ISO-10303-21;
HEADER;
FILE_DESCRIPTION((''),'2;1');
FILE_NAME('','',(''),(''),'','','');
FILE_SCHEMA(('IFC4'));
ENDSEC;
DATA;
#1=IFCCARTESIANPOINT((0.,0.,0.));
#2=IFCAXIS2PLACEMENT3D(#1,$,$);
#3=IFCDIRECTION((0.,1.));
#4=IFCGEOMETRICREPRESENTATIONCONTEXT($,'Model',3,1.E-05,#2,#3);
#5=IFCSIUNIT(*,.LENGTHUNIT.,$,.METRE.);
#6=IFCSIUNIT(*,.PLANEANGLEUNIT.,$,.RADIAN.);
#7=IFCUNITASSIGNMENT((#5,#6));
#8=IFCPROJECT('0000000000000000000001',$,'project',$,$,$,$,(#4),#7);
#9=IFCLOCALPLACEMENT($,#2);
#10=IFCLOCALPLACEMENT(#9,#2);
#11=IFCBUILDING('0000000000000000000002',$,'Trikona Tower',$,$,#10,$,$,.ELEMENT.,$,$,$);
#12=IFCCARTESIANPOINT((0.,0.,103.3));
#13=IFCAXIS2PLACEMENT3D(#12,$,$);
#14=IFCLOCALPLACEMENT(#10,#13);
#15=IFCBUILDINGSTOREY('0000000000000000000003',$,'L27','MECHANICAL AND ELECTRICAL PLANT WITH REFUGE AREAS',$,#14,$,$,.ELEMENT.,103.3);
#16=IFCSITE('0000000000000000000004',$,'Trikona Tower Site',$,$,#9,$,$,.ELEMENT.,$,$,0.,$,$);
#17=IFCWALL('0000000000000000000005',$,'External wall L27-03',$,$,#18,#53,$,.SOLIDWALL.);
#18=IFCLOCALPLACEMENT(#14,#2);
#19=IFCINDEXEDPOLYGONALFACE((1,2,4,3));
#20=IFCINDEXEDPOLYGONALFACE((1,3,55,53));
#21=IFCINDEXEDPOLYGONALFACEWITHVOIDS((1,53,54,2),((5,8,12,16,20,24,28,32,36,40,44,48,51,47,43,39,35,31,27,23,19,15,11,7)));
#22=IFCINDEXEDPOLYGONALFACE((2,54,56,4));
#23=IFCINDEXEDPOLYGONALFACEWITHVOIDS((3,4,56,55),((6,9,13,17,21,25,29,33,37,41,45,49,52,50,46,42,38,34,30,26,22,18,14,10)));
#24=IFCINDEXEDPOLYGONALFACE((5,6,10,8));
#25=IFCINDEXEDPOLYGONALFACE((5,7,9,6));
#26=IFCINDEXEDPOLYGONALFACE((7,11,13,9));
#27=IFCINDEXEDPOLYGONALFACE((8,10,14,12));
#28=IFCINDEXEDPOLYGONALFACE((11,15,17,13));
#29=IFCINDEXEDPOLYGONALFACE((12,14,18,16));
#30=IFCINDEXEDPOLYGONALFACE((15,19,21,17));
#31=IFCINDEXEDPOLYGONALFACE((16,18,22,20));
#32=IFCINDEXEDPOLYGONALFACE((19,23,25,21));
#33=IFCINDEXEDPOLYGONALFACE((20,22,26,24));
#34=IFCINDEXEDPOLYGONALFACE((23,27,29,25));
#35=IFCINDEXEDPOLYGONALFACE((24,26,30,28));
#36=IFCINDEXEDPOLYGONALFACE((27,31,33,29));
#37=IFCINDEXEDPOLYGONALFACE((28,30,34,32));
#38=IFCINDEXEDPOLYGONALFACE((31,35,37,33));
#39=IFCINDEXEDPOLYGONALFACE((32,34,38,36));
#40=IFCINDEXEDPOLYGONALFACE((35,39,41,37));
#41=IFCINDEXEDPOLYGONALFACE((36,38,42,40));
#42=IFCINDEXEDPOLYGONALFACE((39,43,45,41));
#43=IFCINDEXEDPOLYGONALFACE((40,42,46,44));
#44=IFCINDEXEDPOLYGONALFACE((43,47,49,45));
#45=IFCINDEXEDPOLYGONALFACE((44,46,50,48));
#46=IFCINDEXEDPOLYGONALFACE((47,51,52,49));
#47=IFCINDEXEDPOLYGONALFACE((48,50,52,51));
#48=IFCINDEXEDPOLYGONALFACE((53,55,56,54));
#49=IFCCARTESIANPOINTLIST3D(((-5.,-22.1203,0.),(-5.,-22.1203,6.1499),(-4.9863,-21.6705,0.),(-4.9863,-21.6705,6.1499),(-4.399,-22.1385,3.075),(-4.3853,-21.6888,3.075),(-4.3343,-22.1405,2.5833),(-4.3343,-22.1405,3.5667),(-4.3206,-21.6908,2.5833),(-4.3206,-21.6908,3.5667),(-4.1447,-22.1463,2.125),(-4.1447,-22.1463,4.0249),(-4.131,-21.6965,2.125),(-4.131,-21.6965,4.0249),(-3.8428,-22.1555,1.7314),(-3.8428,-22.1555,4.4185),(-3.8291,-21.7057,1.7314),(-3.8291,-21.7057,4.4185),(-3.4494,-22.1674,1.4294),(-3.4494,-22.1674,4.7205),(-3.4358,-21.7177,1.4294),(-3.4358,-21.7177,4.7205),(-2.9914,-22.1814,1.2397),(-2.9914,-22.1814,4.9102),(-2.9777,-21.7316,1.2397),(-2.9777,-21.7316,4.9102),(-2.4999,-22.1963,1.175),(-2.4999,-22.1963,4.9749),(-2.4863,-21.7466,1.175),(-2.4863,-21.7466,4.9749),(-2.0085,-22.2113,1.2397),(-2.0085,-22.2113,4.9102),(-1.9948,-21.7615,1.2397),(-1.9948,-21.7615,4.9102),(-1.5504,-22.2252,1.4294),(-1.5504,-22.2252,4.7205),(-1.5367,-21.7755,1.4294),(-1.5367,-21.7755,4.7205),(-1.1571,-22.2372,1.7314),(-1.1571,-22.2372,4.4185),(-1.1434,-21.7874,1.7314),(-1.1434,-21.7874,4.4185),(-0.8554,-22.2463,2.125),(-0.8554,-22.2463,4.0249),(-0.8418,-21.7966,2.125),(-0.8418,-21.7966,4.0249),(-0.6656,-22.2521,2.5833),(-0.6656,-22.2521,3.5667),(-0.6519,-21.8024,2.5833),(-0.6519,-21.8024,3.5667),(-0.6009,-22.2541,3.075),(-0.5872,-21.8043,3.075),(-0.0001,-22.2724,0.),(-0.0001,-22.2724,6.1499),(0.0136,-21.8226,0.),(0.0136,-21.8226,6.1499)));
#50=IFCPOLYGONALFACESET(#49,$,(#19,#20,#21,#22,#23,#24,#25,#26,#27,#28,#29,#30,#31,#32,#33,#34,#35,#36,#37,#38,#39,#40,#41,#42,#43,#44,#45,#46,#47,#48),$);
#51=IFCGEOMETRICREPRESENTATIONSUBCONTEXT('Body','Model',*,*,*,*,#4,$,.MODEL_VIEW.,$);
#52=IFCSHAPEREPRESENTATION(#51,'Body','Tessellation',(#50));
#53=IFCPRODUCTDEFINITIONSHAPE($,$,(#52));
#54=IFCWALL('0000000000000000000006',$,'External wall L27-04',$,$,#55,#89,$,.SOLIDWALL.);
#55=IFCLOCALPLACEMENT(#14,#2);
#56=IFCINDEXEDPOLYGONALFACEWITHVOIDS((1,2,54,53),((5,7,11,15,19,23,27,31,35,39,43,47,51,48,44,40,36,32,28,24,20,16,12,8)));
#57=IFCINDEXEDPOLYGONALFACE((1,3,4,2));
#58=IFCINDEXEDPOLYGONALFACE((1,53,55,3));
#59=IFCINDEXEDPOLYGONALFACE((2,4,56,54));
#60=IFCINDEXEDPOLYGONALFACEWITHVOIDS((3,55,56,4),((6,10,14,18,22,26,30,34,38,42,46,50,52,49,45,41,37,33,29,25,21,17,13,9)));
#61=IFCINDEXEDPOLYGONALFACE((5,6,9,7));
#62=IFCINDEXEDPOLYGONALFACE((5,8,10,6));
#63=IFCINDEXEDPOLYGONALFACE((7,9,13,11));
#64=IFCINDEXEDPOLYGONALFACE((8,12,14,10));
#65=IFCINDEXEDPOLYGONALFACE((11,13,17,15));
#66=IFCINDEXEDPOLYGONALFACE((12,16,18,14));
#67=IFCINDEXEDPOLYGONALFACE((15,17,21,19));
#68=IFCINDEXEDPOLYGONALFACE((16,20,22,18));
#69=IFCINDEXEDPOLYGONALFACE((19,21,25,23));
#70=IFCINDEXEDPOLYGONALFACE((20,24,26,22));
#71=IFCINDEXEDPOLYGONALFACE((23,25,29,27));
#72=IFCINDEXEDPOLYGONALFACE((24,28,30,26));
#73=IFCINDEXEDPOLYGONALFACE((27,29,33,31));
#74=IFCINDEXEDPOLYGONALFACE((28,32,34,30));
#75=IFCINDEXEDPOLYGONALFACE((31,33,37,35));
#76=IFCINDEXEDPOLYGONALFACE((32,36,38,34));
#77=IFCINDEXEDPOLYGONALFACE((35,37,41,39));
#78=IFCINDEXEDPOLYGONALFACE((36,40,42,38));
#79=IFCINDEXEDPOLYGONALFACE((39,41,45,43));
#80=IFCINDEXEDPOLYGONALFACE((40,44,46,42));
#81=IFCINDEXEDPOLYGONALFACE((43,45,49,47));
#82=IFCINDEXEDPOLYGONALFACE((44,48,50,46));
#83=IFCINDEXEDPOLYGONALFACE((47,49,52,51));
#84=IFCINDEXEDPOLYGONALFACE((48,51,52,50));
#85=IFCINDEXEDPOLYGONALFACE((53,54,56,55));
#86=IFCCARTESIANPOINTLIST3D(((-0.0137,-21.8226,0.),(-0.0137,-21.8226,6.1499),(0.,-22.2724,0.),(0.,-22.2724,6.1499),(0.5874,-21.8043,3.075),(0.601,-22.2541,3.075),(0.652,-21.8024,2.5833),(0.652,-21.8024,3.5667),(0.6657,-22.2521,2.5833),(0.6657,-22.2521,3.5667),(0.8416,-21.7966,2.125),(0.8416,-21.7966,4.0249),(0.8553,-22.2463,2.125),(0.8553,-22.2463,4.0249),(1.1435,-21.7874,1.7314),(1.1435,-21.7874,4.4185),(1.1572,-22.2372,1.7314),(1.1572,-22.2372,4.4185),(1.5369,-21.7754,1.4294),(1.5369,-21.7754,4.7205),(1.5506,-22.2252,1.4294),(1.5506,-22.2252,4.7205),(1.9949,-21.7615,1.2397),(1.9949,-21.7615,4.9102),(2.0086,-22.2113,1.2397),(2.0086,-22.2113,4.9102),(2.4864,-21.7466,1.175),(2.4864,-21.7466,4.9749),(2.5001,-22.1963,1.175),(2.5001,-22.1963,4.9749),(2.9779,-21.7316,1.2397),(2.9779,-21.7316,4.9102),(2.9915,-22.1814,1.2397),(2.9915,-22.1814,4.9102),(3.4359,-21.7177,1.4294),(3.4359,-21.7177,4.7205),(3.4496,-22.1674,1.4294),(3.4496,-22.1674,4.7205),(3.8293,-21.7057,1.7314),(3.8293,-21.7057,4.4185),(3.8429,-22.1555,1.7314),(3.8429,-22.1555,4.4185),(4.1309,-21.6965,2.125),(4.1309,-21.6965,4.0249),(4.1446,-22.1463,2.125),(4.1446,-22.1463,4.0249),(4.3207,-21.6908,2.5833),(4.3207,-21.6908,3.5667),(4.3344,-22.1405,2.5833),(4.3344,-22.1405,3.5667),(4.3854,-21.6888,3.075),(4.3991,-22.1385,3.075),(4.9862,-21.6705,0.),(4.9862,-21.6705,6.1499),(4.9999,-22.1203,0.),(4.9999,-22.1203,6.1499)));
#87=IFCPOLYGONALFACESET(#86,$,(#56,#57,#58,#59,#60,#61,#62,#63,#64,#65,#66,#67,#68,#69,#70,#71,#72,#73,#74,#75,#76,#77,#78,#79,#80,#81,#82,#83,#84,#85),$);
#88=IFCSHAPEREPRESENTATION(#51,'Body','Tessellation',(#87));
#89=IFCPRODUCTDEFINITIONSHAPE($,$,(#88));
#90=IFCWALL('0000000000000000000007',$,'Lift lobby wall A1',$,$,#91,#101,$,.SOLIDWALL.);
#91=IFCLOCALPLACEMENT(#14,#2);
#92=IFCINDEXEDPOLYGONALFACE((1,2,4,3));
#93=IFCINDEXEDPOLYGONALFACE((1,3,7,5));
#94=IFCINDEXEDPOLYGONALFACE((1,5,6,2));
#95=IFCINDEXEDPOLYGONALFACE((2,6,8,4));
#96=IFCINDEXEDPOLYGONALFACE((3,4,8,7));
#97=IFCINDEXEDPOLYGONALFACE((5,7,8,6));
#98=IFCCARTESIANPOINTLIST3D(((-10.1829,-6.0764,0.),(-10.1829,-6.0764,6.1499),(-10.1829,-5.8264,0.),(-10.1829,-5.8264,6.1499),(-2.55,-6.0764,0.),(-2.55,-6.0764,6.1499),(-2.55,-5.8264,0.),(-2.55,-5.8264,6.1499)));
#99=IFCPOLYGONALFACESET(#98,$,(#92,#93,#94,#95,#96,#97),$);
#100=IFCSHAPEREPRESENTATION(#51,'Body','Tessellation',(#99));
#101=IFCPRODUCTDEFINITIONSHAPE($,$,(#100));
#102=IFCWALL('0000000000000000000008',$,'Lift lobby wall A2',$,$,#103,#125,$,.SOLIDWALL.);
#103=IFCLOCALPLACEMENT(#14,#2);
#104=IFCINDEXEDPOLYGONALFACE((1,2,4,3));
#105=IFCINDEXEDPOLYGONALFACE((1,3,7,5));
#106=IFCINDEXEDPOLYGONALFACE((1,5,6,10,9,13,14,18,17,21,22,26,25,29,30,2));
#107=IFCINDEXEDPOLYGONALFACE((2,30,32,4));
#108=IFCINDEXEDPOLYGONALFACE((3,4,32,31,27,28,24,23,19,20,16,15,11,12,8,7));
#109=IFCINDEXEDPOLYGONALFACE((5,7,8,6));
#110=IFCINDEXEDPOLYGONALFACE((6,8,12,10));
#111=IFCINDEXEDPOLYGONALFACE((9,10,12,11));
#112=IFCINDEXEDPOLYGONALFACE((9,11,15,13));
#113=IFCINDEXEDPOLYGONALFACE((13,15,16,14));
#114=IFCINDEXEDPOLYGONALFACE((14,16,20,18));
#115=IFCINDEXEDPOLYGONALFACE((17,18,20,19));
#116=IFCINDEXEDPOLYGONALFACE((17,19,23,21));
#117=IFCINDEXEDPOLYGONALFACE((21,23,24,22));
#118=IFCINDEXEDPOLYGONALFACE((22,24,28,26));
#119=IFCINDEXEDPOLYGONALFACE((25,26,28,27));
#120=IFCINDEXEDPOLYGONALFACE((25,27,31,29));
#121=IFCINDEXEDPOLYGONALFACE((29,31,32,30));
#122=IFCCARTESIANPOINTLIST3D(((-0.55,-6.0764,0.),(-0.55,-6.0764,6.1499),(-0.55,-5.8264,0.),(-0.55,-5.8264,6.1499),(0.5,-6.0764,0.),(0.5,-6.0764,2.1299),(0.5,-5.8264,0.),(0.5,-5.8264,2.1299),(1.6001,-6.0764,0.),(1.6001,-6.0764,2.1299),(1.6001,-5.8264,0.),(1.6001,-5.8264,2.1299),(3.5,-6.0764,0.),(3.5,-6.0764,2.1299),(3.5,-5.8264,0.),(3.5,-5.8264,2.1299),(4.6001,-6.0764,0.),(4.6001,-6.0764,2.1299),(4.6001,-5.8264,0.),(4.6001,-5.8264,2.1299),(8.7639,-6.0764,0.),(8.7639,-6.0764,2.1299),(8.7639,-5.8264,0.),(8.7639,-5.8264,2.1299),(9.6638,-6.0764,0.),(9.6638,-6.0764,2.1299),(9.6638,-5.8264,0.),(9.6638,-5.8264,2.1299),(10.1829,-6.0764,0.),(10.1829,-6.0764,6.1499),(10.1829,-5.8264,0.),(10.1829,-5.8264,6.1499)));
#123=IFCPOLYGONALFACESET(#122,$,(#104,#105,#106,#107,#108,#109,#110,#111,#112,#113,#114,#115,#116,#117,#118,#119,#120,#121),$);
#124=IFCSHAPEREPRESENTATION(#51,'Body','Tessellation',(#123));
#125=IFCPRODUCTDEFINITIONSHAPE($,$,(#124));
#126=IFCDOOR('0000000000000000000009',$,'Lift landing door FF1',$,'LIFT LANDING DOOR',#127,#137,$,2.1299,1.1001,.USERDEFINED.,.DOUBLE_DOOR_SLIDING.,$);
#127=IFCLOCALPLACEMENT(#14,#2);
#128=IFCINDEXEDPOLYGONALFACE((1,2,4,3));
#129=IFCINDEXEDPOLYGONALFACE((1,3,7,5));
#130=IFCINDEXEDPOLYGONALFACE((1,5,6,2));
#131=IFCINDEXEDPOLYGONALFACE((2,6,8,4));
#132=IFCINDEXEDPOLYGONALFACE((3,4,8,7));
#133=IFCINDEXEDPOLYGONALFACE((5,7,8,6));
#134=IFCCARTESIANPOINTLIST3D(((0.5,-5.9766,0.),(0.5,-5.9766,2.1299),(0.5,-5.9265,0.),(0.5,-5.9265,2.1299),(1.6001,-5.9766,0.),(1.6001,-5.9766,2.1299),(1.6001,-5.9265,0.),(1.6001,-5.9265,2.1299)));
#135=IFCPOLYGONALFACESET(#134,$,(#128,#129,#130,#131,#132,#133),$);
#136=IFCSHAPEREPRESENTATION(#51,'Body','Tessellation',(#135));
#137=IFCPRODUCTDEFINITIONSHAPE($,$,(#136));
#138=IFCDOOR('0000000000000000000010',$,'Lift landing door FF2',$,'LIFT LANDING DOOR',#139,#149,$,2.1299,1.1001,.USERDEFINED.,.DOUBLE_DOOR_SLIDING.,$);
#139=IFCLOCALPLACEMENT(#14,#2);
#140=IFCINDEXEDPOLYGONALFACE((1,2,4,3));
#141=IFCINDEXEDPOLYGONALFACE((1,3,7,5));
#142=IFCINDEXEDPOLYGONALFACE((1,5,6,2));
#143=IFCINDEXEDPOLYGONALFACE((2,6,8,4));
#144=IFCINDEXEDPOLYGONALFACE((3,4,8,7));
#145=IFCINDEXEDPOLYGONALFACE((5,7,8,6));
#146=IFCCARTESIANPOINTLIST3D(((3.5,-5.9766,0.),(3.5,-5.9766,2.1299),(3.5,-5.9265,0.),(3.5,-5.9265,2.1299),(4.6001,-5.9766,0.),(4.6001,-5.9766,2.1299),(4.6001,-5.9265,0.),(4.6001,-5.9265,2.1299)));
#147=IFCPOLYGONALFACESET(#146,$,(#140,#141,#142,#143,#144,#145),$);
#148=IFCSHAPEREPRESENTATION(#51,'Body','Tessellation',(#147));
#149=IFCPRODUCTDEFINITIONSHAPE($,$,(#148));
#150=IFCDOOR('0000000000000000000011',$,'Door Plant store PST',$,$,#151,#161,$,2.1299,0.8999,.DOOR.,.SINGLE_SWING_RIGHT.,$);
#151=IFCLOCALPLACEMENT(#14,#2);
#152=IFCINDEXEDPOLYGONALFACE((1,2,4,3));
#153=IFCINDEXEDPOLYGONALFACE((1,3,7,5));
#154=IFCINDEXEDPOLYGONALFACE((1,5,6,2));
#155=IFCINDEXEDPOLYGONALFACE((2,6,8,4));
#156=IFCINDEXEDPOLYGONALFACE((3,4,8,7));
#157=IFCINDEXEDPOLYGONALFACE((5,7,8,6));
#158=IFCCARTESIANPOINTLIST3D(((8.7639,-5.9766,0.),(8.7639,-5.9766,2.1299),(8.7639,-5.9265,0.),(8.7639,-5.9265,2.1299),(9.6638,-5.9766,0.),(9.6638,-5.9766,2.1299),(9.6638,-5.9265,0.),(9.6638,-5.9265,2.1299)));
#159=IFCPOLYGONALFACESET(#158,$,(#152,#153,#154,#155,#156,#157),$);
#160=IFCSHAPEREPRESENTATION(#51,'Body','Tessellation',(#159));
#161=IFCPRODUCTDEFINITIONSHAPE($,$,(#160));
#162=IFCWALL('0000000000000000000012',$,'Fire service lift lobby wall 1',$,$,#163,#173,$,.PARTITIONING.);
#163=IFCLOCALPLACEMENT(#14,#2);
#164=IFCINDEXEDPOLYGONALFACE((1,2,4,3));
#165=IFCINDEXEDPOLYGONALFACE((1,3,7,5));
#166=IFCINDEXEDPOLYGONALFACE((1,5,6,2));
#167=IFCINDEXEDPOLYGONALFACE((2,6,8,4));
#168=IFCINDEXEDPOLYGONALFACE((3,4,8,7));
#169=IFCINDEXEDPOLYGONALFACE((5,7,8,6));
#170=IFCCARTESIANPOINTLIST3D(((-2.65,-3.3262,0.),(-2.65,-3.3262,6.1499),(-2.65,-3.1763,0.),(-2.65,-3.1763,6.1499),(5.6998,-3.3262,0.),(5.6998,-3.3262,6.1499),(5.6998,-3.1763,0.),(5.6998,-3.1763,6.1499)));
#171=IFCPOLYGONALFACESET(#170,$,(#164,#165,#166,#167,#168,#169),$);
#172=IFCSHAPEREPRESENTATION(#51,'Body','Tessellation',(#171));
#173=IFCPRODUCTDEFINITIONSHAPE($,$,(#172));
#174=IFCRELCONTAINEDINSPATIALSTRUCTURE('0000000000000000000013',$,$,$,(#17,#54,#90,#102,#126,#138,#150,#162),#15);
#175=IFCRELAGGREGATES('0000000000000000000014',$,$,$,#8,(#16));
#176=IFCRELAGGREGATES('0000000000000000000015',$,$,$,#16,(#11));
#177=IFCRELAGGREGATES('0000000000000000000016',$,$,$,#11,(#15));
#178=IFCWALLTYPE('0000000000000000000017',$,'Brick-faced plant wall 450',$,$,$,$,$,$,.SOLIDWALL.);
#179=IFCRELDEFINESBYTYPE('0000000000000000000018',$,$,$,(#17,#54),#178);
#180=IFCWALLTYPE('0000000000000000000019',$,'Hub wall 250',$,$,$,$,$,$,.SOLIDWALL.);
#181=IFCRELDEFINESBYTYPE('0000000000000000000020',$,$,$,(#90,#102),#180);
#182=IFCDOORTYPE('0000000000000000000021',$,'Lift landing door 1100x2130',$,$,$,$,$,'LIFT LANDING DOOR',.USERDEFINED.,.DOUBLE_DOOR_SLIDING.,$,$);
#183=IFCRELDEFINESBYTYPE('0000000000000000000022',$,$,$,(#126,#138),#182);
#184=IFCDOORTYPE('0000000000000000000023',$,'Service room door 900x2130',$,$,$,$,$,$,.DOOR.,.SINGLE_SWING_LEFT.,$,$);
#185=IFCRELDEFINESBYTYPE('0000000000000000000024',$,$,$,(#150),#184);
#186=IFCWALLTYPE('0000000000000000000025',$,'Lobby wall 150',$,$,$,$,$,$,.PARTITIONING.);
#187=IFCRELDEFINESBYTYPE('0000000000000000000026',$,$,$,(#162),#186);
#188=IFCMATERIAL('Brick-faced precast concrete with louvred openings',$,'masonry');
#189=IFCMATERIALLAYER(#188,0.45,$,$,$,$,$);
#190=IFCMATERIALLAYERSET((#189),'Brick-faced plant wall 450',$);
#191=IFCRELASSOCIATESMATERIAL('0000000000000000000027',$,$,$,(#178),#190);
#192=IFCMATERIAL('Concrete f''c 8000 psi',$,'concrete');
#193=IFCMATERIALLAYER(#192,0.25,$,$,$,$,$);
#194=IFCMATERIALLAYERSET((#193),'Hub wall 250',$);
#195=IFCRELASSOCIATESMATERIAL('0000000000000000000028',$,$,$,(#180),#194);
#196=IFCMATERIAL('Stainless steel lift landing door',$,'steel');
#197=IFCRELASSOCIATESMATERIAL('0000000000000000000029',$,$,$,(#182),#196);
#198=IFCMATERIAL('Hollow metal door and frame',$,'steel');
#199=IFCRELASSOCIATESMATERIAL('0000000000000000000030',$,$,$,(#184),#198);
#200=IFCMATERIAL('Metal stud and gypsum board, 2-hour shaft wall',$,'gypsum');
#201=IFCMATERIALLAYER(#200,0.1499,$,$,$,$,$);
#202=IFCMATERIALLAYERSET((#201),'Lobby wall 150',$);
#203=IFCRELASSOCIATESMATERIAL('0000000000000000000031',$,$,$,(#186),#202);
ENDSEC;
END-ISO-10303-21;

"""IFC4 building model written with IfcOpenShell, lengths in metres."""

from ifc_helpers import new_model, si_unit, direction, frame, frame_2d, origin, place, context, subcontext, project, spatial, polyline, rectangle, outline, extrude, material, layer, layer_set, type_object, element, fill, save


model = new_model("IFC4")

# Units and contexts
model_context = context("Model", 3, precision=1e-05, world=origin(), true_north=direction((0.0, 1.0)))
body_context = subcontext(model_context, "Body", "Model", "MODEL_VIEW")
ifc_project = project(units=[si_unit("LENGTHUNIT", "METRE"), si_unit("PLANEANGLEUNIT", "RADIAN")], contexts=[model_context])

# Site, building, storey
site_placement = place(None, origin())
site = spatial("IfcSite", under=ifc_project, at=site_placement, Name="Trikona Tower Site", CompositionType="ELEMENT", RefElevation=0.0)
building_placement = place(site_placement, origin())
building = spatial("IfcBuilding", under=site, at=building_placement, Name="Trikona Tower", CompositionType="ELEMENT")
storey_placement = place(building_placement, frame((0.0, 0.0, 103.3)))
storey = spatial("IfcBuildingStorey", under=building, at=storey_placement, Name="L27", Description="MECHANICAL AND ELECTRICAL PLANT WITH REFUGE AREAS", CompositionType="ELEMENT", Elevation=103.3)

# Walls
ifc_material_1 = material(Name="Brick-faced precast concrete with louvred openings", Category="masonry")
ifc_layer_1 = layer(ifc_material_1, 0.45)
ifc_layer_set_1 = layer_set([ifc_layer_1], Name="Brick-faced plant wall 450")
wall_type_1 = type_object("IfcWallType", Name="Brick-faced plant wall 450", PredefinedType="SOLIDWALL", material=ifc_layer_set_1)
for number, where, z_axis, x_axis, name in (
    (1, (-4.9932, -21.8955, 0.0), (0.0, 0.0, 1.0), (0.999538, -0.030406, 0.0), "External wall L27-03"),
    (2, (-0.0068, -22.0476, 0.0), (0.0, 0.0, 1.0), (0.999538, 0.030406, 0.0), "External wall L27-04"),
):
    element("IfcWall", number, at=place(storey_placement, frame(where, z_axis=z_axis, x_axis=x_axis)), inside=storey, type_object=wall_type_1, Name=name, PredefinedType="SOLIDWALL", context=body_context, shape_type="SweptSolid", body=[
        extrude(outline(polyline([(0.0, 0.0), (5.0022, 0.0), (5.0022, 6.1499), (0.0, 6.1499), (0.0, 0.0)]), holes=[polyline([(4.4011, 3.075), (4.3364, 3.5667), (4.1465, 4.0249), (3.8447, 4.4185), (3.4512, 4.7205), (2.9929, 4.9102), (2.5012, 4.9749), (2.0095, 4.9102), (1.5513, 4.7205), (1.1577, 4.4185), (0.8557, 4.0249), (0.666, 3.5667), (0.6013, 3.075), (0.666, 2.5833), (0.8557, 2.125), (1.1577, 1.7314), (1.5513, 1.4294), (2.0095, 1.2397), (2.5012, 1.175), (2.9929, 1.2397), (3.4512, 1.4294), (3.8447, 1.7314), (4.1465, 2.125), (4.3364, 2.5833), (4.4011, 3.075)])]), frame((0.0, 0.2251, 0.0), z_axis=(0.0, -1.0, 0.0), x_axis=(1.0, 0.0, 0.0)), (0.0, 0.0, 1.0), 0.45),
    ])
ifc_material_2 = material(Name="Concrete f'c 8000 psi", Category="concrete")
ifc_layer_2 = layer(ifc_material_2, 0.25)
ifc_layer_set_2 = layer_set([ifc_layer_2], Name="Hub wall 250")
wall_type_2 = type_object("IfcWallType", Name="Hub wall 250", PredefinedType="SOLIDWALL", material=ifc_layer_set_2)
wall_1_placement = place(storey_placement, frame((-10.1829, -5.9514, 0.0), z_axis=(0.0, 0.0, 1.0), x_axis=(1.0, 0.0, 0.0)))
element("IfcWall", 3, at=wall_1_placement, inside=storey, type_object=wall_type_2, Name="Lift lobby wall A1", PredefinedType="SOLIDWALL", context=body_context, shape_type="SweptSolid", body=[
    extrude(rectangle(XDim=7.6328, YDim=0.25, at=frame_2d((3.8164, 0.0))), origin(), (0.0, 0.0, 1.0), 6.1499),
])

# Wall, openings, doors
wall_2_placement = place(storey_placement, frame((-0.55, -5.9514, 0.0), z_axis=(0.0, 0.0, 1.0), x_axis=(1.0, 0.0, 0.0)))
wall_2 = element("IfcWall", 4, at=wall_2_placement, inside=storey, type_object=wall_type_2, Name="Lift lobby wall A2", PredefinedType="SOLIDWALL", context=body_context, shape_type="SweptSolid", body=[
    extrude(rectangle(XDim=10.7329, YDim=0.25, at=frame_2d((5.3665, 0.0))), origin(), (0.0, 0.0, 1.0), 6.1499),
])
opening_1_placement = place(wall_2_placement, frame((9.314, 0.0, 0.0)))
opening_1 = element("IfcOpeningElement", 5, at=opening_1_placement, cuts=wall_2, PredefinedType="OPENING", context=body_context, shape_type="SweptSolid", body=[
    extrude(rectangle(XDim=0.8999, YDim=2.1299, at=frame_2d((0.45, 1.0649))), frame((0.0, 0.135, 0.0), z_axis=(0.0, -1.0, 0.0), x_axis=(1.0, 0.0, 0.0)), (0.0, 0.0, 1.0), 0.27),
])
opening_2_placement = place(wall_2_placement, frame((1.05, 0.0, 0.0)))
opening_2 = element("IfcOpeningElement", 6, at=opening_2_placement, cuts=wall_2, PredefinedType="OPENING", context=body_context, shape_type="SweptSolid", body=[
    extrude(rectangle(XDim=1.1001, YDim=2.1299, at=frame_2d((0.55, 1.0649))), frame((0.0, 0.135, 0.0), z_axis=(0.0, -1.0, 0.0), x_axis=(1.0, 0.0, 0.0)), (0.0, 0.0, 1.0), 0.27),
])
opening_3_placement = place(wall_2_placement, frame((4.05, 0.0, 0.0)))
opening_3 = element("IfcOpeningElement", 7, at=opening_3_placement, cuts=wall_2, PredefinedType="OPENING", context=body_context, shape_type="SweptSolid", body=[
    extrude(rectangle(XDim=1.1001, YDim=2.1299, at=frame_2d((0.55, 1.0649))), frame((0.0, 0.135, 0.0), z_axis=(0.0, -1.0, 0.0), x_axis=(1.0, 0.0, 0.0)), (0.0, 0.0, 1.0), 0.27),
])
ifc_material_3 = material(Name="Stainless steel lift landing door", Category="steel")
door_type_1 = type_object("IfcDoorType", Name="Lift landing door 1100x2130", ElementType="LIFT LANDING DOOR", OperationType="DOUBLE_DOOR_SLIDING", PredefinedType="USERDEFINED", material=ifc_material_3)
door_1_placement = place(opening_2_placement, origin())
door_1 = element("IfcDoor", 8, at=door_1_placement, inside=storey, type_object=door_type_1, Name="Lift landing door FF1", ObjectType="LIFT LANDING DOOR", OperationType="DOUBLE_DOOR_SLIDING", OverallHeight=2.1299, OverallWidth=1.1001, PredefinedType="USERDEFINED", context=body_context, shape_type="SweptSolid", body=[
    extrude(rectangle(XDim=1.1001, YDim=2.1299, at=frame_2d((0.55, 1.0649))), frame((0.0, 0.0249, 0.0), z_axis=(0.0, -1.0, 0.0), x_axis=(1.0, 0.0, 0.0)), (0.0, 0.0, 1.0), 0.05),
])
fill(opening_2, door_1)
door_2_placement = place(opening_3_placement, origin())
door_2 = element("IfcDoor", 9, at=door_2_placement, inside=storey, type_object=door_type_1, Name="Lift landing door FF2", ObjectType="LIFT LANDING DOOR", OperationType="DOUBLE_DOOR_SLIDING", OverallHeight=2.1299, OverallWidth=1.1001, PredefinedType="USERDEFINED", context=body_context, shape_type="SweptSolid", body=[
    extrude(rectangle(XDim=1.1001, YDim=2.1299, at=frame_2d((0.55, 1.0649))), frame((0.0, 0.0249, 0.0), z_axis=(0.0, -1.0, 0.0), x_axis=(1.0, 0.0, 0.0)), (0.0, 0.0, 1.0), 0.05),
])
fill(opening_3, door_2)
ifc_material_4 = material(Name="Hollow metal door and frame", Category="steel")
door_type_2 = type_object("IfcDoorType", Name="Service room door 900x2130", OperationType="SINGLE_SWING_LEFT", PredefinedType="DOOR", material=ifc_material_4)
door_3_placement = place(opening_1_placement, origin())
door_3 = element("IfcDoor", 10, at=door_3_placement, inside=storey, type_object=door_type_2, Name="Door Plant store PST", OperationType="SINGLE_SWING_RIGHT", OverallHeight=2.1299, OverallWidth=0.8999, PredefinedType="DOOR", context=body_context, shape_type="SweptSolid", body=[
    extrude(rectangle(XDim=0.8999, YDim=2.1299, at=frame_2d((0.45, 1.0649))), frame((0.0, 0.0249, 0.0), z_axis=(0.0, -1.0, 0.0), x_axis=(1.0, 0.0, 0.0)), (0.0, 0.0, 1.0), 0.05),
])
fill(opening_1, door_3)

# Wall
ifc_material_5 = material(Name="Metal stud and gypsum board, 2-hour shaft wall", Category="gypsum")
ifc_layer_3 = layer(ifc_material_5, 0.1499)
ifc_layer_set_3 = layer_set([ifc_layer_3], Name="Lobby wall 150")
wall_type_3 = type_object("IfcWallType", Name="Lobby wall 150", PredefinedType="PARTITIONING", material=ifc_layer_set_3)
wall_3_placement = place(storey_placement, frame((-2.6499, -3.2512, 0.0), z_axis=(0.0, 0.0, 1.0), x_axis=(1.0, 0.0, 0.0)))
element("IfcWall", 11, at=wall_3_placement, inside=storey, type_object=wall_type_3, Name="Fire service lift lobby wall 1", PredefinedType="PARTITIONING", context=body_context, shape_type="SweptSolid", body=[
    extrude(rectangle(XDim=8.3499, YDim=0.1499, at=frame_2d((4.1748, 0.0))), origin(), (0.0, 0.0, 1.0), 6.1499),
])

save(model, "model.ifc")
